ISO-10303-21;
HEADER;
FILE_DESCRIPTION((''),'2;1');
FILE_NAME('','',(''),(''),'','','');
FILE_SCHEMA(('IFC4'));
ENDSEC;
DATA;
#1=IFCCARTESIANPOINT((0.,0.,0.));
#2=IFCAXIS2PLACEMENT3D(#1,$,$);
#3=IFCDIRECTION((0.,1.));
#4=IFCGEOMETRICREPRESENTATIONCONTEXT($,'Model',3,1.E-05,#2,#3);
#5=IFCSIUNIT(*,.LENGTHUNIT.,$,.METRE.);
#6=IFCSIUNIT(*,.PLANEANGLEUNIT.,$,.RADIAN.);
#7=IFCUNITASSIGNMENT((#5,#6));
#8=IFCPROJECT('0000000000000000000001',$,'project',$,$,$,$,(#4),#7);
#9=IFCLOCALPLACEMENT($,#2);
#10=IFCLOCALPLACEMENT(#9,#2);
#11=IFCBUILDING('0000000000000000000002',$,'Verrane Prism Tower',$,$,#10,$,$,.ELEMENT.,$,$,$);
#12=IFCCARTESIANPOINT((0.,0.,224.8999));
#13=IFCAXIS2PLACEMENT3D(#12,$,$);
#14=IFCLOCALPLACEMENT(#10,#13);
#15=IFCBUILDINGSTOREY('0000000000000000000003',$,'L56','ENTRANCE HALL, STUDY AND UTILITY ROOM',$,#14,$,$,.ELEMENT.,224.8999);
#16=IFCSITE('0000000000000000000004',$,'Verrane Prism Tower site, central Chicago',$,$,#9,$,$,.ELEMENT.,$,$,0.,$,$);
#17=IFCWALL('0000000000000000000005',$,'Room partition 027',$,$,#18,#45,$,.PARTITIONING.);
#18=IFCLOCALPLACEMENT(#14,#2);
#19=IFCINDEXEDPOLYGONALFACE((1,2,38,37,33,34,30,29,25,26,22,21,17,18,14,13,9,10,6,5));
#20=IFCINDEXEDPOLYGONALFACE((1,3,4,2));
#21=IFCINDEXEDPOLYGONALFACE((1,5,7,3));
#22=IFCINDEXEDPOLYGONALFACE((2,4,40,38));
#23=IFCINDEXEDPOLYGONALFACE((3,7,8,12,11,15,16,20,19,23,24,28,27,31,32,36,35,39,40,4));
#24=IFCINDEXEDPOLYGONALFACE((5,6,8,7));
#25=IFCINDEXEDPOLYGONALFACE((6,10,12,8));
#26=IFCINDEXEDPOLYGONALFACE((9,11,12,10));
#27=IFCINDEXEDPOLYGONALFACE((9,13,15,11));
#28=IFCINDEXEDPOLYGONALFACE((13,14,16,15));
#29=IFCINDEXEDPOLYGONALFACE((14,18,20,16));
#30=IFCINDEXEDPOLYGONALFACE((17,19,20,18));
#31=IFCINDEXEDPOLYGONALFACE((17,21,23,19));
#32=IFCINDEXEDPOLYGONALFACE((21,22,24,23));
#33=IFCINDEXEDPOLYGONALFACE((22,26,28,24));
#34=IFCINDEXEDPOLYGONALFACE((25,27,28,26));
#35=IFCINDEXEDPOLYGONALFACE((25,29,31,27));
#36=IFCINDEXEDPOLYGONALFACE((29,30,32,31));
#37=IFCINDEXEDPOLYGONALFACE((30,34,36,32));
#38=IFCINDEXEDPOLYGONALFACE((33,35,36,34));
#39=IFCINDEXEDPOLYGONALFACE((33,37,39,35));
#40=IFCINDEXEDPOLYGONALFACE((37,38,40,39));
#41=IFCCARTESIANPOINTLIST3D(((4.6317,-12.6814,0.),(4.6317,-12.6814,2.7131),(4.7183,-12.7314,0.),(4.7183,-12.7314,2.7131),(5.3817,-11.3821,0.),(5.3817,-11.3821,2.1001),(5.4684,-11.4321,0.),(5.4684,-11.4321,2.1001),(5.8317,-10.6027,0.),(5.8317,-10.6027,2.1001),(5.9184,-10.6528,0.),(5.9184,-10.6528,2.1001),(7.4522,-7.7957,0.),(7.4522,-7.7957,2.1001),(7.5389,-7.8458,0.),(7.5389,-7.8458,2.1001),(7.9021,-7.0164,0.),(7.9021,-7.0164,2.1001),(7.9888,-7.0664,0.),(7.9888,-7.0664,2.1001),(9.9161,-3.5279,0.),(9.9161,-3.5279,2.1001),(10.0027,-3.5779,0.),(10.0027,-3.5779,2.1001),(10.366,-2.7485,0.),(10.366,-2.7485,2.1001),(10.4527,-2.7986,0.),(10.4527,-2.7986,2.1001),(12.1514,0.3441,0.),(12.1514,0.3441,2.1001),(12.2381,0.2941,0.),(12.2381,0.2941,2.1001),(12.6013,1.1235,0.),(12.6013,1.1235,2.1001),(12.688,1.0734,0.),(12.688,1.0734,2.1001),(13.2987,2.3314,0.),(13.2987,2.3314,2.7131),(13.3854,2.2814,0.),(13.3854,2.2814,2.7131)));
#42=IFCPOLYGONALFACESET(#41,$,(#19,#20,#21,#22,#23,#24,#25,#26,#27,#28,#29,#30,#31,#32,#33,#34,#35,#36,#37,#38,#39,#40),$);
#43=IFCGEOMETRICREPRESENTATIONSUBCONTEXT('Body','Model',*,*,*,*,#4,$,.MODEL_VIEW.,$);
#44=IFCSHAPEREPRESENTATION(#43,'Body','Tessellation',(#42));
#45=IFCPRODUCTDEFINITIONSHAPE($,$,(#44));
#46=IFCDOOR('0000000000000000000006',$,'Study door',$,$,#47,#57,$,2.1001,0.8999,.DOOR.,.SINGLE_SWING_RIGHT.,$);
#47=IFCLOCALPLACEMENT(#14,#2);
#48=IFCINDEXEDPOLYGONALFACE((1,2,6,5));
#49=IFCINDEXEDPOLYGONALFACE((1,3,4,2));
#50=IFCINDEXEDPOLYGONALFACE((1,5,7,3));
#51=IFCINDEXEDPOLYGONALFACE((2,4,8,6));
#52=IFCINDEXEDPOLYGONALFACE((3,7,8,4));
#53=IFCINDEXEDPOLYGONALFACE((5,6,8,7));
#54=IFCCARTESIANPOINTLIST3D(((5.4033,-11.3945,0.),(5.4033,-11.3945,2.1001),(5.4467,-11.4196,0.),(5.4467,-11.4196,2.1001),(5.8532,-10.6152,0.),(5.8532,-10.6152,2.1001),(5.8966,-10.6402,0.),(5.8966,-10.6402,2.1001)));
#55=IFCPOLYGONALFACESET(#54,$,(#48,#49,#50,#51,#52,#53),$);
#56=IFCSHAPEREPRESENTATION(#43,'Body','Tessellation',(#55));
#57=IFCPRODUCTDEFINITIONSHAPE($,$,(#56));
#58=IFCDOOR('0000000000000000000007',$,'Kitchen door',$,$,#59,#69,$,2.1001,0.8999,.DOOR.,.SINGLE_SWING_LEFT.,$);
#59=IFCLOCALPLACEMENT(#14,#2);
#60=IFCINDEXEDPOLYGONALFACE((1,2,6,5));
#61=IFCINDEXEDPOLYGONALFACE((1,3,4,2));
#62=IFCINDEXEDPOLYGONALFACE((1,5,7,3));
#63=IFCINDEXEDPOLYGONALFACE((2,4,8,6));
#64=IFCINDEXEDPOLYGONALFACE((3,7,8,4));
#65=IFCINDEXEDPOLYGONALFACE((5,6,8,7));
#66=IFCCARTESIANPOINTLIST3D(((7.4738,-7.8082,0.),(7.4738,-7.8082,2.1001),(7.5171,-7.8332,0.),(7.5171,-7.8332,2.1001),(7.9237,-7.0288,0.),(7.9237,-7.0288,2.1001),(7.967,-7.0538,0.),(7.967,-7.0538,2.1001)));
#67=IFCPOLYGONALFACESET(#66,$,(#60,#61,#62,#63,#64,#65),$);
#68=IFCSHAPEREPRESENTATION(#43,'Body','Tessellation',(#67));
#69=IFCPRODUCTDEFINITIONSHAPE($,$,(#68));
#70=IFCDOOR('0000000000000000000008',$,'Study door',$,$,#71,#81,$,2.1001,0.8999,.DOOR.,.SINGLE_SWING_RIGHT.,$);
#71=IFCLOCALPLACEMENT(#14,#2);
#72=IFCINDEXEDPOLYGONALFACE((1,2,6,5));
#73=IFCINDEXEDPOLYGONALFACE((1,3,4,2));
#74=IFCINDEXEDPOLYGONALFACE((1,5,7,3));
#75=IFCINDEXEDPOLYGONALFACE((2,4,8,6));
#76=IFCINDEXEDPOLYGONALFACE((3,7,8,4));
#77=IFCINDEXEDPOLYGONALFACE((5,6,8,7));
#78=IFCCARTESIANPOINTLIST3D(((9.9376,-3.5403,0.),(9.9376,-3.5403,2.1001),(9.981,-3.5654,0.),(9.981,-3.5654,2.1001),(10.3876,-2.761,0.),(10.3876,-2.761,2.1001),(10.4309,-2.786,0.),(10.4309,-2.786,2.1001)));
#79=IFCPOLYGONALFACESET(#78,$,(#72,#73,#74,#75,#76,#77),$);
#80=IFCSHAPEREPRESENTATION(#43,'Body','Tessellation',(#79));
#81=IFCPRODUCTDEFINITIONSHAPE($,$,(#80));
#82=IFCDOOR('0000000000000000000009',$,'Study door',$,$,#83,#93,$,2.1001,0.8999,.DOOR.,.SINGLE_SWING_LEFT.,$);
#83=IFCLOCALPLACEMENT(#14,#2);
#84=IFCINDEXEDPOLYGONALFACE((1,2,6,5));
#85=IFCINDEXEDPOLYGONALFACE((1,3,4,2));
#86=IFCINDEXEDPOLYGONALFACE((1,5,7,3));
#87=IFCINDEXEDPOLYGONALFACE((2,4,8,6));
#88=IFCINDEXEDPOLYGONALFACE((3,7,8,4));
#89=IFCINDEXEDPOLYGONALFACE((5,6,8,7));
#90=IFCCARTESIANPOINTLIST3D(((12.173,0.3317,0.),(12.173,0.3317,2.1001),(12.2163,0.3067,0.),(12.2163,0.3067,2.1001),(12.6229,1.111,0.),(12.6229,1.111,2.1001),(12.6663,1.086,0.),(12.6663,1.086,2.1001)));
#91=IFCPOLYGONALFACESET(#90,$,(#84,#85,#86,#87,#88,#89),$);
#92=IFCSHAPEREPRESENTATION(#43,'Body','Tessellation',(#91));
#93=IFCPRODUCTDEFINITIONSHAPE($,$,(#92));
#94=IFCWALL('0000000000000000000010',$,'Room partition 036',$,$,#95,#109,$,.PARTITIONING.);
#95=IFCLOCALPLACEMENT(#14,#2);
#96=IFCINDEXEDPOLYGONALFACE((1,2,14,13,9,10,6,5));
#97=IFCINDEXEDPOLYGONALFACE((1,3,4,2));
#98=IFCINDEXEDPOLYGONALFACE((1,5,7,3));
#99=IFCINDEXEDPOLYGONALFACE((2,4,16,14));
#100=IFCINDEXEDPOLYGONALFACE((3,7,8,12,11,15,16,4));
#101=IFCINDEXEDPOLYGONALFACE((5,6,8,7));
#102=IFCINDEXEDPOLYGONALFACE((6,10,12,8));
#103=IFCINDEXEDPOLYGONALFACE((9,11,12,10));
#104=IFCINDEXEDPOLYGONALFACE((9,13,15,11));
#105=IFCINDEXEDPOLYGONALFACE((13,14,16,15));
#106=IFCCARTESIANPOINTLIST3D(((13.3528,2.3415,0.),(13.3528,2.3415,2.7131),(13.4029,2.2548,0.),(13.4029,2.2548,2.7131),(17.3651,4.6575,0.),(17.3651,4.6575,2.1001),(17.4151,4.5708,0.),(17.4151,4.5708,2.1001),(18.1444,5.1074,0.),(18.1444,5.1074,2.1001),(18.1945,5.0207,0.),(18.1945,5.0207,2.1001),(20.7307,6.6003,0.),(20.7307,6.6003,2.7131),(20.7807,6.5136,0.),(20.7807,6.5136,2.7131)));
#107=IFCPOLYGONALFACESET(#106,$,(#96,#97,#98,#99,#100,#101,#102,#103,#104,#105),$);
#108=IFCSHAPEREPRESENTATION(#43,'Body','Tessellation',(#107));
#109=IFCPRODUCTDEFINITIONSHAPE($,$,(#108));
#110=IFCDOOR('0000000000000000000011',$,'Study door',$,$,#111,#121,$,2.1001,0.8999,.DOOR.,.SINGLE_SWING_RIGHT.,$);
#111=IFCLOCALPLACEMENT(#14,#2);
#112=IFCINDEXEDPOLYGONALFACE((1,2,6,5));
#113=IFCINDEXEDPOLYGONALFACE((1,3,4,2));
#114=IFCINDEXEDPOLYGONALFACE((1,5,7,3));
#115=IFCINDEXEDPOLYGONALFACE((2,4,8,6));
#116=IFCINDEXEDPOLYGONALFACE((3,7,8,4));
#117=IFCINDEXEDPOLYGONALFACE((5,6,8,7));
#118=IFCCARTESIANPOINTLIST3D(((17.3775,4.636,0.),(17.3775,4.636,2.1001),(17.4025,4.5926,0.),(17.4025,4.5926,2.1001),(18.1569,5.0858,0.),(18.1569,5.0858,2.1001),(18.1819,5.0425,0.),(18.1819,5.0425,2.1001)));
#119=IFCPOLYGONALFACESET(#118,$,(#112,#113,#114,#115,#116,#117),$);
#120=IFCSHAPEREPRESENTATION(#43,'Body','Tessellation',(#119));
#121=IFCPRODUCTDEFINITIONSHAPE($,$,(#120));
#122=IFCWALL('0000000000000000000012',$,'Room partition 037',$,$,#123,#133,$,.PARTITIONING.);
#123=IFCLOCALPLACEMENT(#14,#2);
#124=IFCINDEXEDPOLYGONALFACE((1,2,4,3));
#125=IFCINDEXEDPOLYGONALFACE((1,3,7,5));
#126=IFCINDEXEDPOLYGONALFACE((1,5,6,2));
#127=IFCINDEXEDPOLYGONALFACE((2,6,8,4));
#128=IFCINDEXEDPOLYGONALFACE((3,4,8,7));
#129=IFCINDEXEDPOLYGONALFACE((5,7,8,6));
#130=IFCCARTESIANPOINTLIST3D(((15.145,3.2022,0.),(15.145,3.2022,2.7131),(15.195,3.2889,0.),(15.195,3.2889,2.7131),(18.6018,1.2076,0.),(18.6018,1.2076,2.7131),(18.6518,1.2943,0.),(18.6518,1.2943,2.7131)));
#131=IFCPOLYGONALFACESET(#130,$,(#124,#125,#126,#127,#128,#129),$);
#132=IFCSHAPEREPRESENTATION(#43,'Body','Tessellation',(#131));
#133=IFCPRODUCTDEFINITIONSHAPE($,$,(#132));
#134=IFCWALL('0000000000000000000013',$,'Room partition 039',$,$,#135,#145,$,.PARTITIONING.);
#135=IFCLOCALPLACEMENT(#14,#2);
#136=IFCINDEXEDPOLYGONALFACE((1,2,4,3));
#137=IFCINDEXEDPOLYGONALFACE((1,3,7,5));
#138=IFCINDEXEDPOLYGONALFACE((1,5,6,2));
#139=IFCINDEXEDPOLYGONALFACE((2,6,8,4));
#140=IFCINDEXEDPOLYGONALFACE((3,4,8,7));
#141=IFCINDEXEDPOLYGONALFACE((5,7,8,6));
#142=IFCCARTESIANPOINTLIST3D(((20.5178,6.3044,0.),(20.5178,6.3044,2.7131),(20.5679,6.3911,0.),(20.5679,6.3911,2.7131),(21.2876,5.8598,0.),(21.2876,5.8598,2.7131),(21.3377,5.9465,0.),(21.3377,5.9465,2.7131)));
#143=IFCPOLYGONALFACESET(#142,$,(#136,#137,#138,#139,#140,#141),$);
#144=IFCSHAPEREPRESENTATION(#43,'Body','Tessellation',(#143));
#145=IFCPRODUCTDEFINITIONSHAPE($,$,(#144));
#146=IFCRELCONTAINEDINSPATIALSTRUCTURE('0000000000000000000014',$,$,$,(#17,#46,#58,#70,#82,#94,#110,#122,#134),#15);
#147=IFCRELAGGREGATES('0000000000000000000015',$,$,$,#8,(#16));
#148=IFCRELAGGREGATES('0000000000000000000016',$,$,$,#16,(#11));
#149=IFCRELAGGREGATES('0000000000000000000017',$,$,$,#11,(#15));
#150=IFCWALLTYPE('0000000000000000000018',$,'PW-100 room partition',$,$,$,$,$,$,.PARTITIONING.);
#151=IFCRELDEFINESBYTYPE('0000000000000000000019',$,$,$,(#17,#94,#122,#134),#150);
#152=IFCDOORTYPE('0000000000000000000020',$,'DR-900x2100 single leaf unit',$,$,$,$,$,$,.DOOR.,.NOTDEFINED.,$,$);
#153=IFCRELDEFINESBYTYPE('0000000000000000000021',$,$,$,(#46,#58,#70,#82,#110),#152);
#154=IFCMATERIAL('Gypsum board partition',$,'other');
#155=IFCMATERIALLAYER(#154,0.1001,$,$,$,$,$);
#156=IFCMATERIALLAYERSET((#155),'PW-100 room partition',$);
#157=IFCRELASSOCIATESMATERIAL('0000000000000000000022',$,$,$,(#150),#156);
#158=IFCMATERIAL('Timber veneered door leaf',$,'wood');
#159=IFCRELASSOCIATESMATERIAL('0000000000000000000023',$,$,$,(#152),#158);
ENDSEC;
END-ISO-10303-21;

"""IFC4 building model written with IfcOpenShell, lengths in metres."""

from ifc_helpers import new_model, si_unit, direction, frame, frame_2d, origin, place, context, subcontext, project, spatial, rectangle, extrude, material, layer, layer_set, type_object, element, fill, save


model = new_model("IFC4")

# Units and contexts
model_context = context("Model", 3, precision=1e-05, world=origin(), true_north=direction((0.0, 1.0)))
body_context = subcontext(model_context, "Body", "Model", "MODEL_VIEW")
ifc_project = project(units=[si_unit("LENGTHUNIT", "METRE"), si_unit("PLANEANGLEUNIT", "RADIAN")], contexts=[model_context])

# Site, building, storey
site_placement = place(None, origin())
site = spatial("IfcSite", under=ifc_project, at=site_placement, Name="Verrane Prism Tower site, central Chicago", CompositionType="ELEMENT", RefElevation=0.0)
building_placement = place(site_placement, origin())
building = spatial("IfcBuilding", under=site, at=building_placement, Name="Verrane Prism Tower", CompositionType="ELEMENT")
storey_placement = place(building_placement, frame((0.0, 0.0, 224.8999)))
storey = spatial("IfcBuildingStorey", under=building, at=storey_placement, Name="L56", Description="ENTRANCE HALL, STUDY AND UTILITY ROOM", CompositionType="ELEMENT", Elevation=224.8999)

# Wall, openings, doors
ifc_material_1 = material(Name="Gypsum board partition", Category="other")
ifc_layer_1 = layer(ifc_material_1, 0.1001)
ifc_layer_set_1 = layer_set([ifc_layer_1], Name="PW-100 room partition")
wall_type_1 = type_object("IfcWallType", Name="PW-100 room partition", PredefinedType="PARTITIONING", material=ifc_layer_set_1)
wall_1_placement = place(storey_placement, frame((13.342, 2.3064, 0.0), z_axis=(0.0, 0.0, 1.0), x_axis=(-0.499974, -0.86604, 0.0)))
wall_1 = element("IfcWall", 1, at=wall_1_placement, inside=storey, type_object=wall_type_1, Name="Room partition 027", PredefinedType="PARTITIONING", context=body_context, shape_type="SweptSolid", body=[
    extrude(rectangle(XDim=17.335, YDim=0.1001, at=frame_2d((8.6675, 0.0))), origin(), (0.0, 0.0, 1.0), 2.7131),
])
opening_1_placement = place(wall_1_placement, frame((14.9348, 0.0, 0.0)))
opening_1 = element("IfcOpeningElement", 2, at=opening_1_placement, cuts=wall_1, PredefinedType="OPENING", context=body_context, shape_type="SweptSolid", body=[
    extrude(rectangle(XDim=0.8999, YDim=2.1001, at=frame_2d((0.45, 1.05))), frame((0.0, 0.0601, 0.0), z_axis=(0.0, -1.0, 0.0), x_axis=(1.0, 0.0, 0.0)), (0.0, 0.0, 1.0), 0.1201),
])
opening_2_placement = place(wall_1_placement, frame((10.7937, 0.0, 0.0)))
opening_2 = element("IfcOpeningElement", 3, at=opening_2_placement, cuts=wall_1, PredefinedType="OPENING", context=body_context, shape_type="SweptSolid", body=[
    extrude(rectangle(XDim=0.8999, YDim=2.1001, at=frame_2d((0.45, 1.05))), frame((0.0, 0.0601, 0.0), z_axis=(0.0, -1.0, 0.0), x_axis=(1.0, 0.0, 0.0)), (0.0, 0.0, 1.0), 0.1201),
])
opening_3_placement = place(wall_1_placement, frame((5.8657, 0.0, 0.0)))
opening_3 = element("IfcOpeningElement", 4, at=opening_3_placement, cuts=wall_1, PredefinedType="OPENING", context=body_context, shape_type="SweptSolid", body=[
    extrude(rectangle(XDim=0.8999, YDim=2.1001, at=frame_2d((0.45, 1.05))), frame((0.0, 0.0601, 0.0), z_axis=(0.0, -1.0, 0.0), x_axis=(1.0, 0.0, 0.0)), (0.0, 0.0, 1.0), 0.1201),
])
opening_4_placement = place(wall_1_placement, frame((1.3948, 0.0, 0.0)))
opening_4 = element("IfcOpeningElement", 5, at=opening_4_placement, cuts=wall_1, PredefinedType="OPENING", context=body_context, shape_type="SweptSolid", body=[
    extrude(rectangle(XDim=0.8999, YDim=2.1001, at=frame_2d((0.45, 1.05))), frame((0.0, 0.0601, 0.0), z_axis=(0.0, -1.0, 0.0), x_axis=(1.0, 0.0, 0.0)), (0.0, 0.0, 1.0), 0.1201),
])
ifc_material_2 = material(Name="Timber veneered door leaf", Category="wood")
door_type_1 = type_object("IfcDoorType", Name="DR-900x2100 single leaf unit", OperationType="NOTDEFINED", PredefinedType="DOOR", material=ifc_material_2)
door_1_placement = place(opening_1_placement, origin())
door_1 = element("IfcDoor", 6, at=door_1_placement, inside=storey, type_object=door_type_1, Name="Study door", OperationType="SINGLE_SWING_RIGHT", OverallHeight=2.1001, OverallWidth=0.8999, PredefinedType="DOOR", context=body_context, shape_type="SweptSolid", body=[
    extrude(rectangle(XDim=0.8999, YDim=2.1001, at=frame_2d((0.45, 1.05))), frame((0.0, 0.0249, 0.0), z_axis=(0.0, -1.0, 0.0), x_axis=(1.0, 0.0, 0.0)), (0.0, 0.0, 1.0), 0.05),
])
fill(opening_1, door_1)
door_2_placement = place(opening_2_placement, origin())
door_2 = element("IfcDoor", 7, at=door_2_placement, inside=storey, type_object=door_type_1, Name="Kitchen door", OperationType="SINGLE_SWING_LEFT", OverallHeight=2.1001, OverallWidth=0.8999, PredefinedType="DOOR", context=body_context, shape_type="SweptSolid", body=[
    extrude(rectangle(XDim=0.8999, YDim=2.1001, at=frame_2d((0.45, 1.05))), frame((0.0, 0.0249, 0.0), z_axis=(0.0, -1.0, 0.0), x_axis=(1.0, 0.0, 0.0)), (0.0, 0.0, 1.0), 0.05),
])
fill(opening_2, door_2)
door_3_placement = place(opening_3_placement, origin())
door_3 = element("IfcDoor", 8, at=door_3_placement, inside=storey, type_object=door_type_1, Name="Study door", OperationType="SINGLE_SWING_RIGHT", OverallHeight=2.1001, OverallWidth=0.8999, PredefinedType="DOOR", context=body_context, shape_type="SweptSolid", body=[
    extrude(rectangle(XDim=0.8999, YDim=2.1001, at=frame_2d((0.45, 1.05))), frame((0.0, 0.0249, 0.0), z_axis=(0.0, -1.0, 0.0), x_axis=(1.0, 0.0, 0.0)), (0.0, 0.0, 1.0), 0.05),
])
fill(opening_3, door_3)
door_4_placement = place(opening_4_placement, origin())
door_4 = element("IfcDoor", 9, at=door_4_placement, inside=storey, type_object=door_type_1, Name="Study door", OperationType="SINGLE_SWING_LEFT", OverallHeight=2.1001, OverallWidth=0.8999, PredefinedType="DOOR", context=body_context, shape_type="SweptSolid", body=[
    extrude(rectangle(XDim=0.8999, YDim=2.1001, at=frame_2d((0.45, 1.05))), frame((0.0, 0.0249, 0.0), z_axis=(0.0, -1.0, 0.0), x_axis=(1.0, 0.0, 0.0)), (0.0, 0.0, 1.0), 0.05),
])
fill(opening_4, door_4)

# Wall, opening, door
wall_2_placement = place(storey_placement, frame((20.7556, 6.5569, 0.0), z_axis=(0.0, 0.0, 1.0), x_axis=(-0.866069, -0.499924, 0.0)))
wall_2 = element("IfcWall", 10, at=wall_2_placement, inside=storey, type_object=wall_type_1, Name="Room partition 036", PredefinedType="PARTITIONING", context=body_context, shape_type="SweptSolid", body=[
    extrude(rectangle(XDim=8.5188, YDim=0.1001, at=frame_2d((4.2593, 0.0))), origin(), (0.0, 0.0, 1.0), 2.7131),
])
opening_5_placement = place(wall_2_placement, frame((2.9861, 0.0, 0.0)))
opening_5 = element("IfcOpeningElement", 11, at=opening_5_placement, cuts=wall_2, PredefinedType="OPENING", context=body_context, shape_type="SweptSolid", body=[
    extrude(rectangle(XDim=0.8999, YDim=2.1001, at=frame_2d((0.45, 1.05))), frame((0.0, 0.0601, 0.0), z_axis=(0.0, -1.0, 0.0), x_axis=(1.0, 0.0, 0.0)), (0.0, 0.0, 1.0), 0.1201),
])
door_5_placement = place(opening_5_placement, origin())
door_5 = element("IfcDoor", 12, at=door_5_placement, inside=storey, type_object=door_type_1, Name="Study door", OperationType="SINGLE_SWING_RIGHT", OverallHeight=2.1001, OverallWidth=0.8999, PredefinedType="DOOR", context=body_context, shape_type="SweptSolid", body=[
    extrude(rectangle(XDim=0.8999, YDim=2.1001, at=frame_2d((0.45, 1.05))), frame((0.0, 0.0249, 0.0), z_axis=(0.0, -1.0, 0.0), x_axis=(1.0, 0.0, 0.0)), (0.0, 0.0, 1.0), 0.05),
])
fill(opening_5, door_5)

# Walls
wall_3_placement = place(storey_placement, frame((15.1699, 3.2456, 0.0), z_axis=(0.0, 0.0, 1.0), x_axis=(0.86615, -0.499784, 0.0)))
element("IfcWall", 13, at=wall_3_placement, inside=storey, type_object=wall_type_1, Name="Room partition 037", PredefinedType="PARTITIONING", context=body_context, shape_type="SweptSolid", body=[
    extrude(rectangle(XDim=3.991, YDim=0.1001, at=frame_2d((1.9956, 0.0))), origin(), (0.0, 0.0, 1.0), 2.7131),
])
wall_4_placement = place(storey_placement, frame((20.543, 6.3477, 0.0), z_axis=(0.0, 0.0, 1.0), x_axis=(0.865952, -0.500127, 0.0)))
element("IfcWall", 14, at=wall_4_placement, inside=storey, type_object=wall_type_1, Name="Room partition 039", PredefinedType="PARTITIONING", context=body_context, shape_type="SweptSolid", body=[
    extrude(rectangle(XDim=0.8889, YDim=0.1001, at=frame_2d((0.4443, 0.0))), origin(), (0.0, 0.0, 1.0), 2.7131),
])

save(model, "model.ifc")
